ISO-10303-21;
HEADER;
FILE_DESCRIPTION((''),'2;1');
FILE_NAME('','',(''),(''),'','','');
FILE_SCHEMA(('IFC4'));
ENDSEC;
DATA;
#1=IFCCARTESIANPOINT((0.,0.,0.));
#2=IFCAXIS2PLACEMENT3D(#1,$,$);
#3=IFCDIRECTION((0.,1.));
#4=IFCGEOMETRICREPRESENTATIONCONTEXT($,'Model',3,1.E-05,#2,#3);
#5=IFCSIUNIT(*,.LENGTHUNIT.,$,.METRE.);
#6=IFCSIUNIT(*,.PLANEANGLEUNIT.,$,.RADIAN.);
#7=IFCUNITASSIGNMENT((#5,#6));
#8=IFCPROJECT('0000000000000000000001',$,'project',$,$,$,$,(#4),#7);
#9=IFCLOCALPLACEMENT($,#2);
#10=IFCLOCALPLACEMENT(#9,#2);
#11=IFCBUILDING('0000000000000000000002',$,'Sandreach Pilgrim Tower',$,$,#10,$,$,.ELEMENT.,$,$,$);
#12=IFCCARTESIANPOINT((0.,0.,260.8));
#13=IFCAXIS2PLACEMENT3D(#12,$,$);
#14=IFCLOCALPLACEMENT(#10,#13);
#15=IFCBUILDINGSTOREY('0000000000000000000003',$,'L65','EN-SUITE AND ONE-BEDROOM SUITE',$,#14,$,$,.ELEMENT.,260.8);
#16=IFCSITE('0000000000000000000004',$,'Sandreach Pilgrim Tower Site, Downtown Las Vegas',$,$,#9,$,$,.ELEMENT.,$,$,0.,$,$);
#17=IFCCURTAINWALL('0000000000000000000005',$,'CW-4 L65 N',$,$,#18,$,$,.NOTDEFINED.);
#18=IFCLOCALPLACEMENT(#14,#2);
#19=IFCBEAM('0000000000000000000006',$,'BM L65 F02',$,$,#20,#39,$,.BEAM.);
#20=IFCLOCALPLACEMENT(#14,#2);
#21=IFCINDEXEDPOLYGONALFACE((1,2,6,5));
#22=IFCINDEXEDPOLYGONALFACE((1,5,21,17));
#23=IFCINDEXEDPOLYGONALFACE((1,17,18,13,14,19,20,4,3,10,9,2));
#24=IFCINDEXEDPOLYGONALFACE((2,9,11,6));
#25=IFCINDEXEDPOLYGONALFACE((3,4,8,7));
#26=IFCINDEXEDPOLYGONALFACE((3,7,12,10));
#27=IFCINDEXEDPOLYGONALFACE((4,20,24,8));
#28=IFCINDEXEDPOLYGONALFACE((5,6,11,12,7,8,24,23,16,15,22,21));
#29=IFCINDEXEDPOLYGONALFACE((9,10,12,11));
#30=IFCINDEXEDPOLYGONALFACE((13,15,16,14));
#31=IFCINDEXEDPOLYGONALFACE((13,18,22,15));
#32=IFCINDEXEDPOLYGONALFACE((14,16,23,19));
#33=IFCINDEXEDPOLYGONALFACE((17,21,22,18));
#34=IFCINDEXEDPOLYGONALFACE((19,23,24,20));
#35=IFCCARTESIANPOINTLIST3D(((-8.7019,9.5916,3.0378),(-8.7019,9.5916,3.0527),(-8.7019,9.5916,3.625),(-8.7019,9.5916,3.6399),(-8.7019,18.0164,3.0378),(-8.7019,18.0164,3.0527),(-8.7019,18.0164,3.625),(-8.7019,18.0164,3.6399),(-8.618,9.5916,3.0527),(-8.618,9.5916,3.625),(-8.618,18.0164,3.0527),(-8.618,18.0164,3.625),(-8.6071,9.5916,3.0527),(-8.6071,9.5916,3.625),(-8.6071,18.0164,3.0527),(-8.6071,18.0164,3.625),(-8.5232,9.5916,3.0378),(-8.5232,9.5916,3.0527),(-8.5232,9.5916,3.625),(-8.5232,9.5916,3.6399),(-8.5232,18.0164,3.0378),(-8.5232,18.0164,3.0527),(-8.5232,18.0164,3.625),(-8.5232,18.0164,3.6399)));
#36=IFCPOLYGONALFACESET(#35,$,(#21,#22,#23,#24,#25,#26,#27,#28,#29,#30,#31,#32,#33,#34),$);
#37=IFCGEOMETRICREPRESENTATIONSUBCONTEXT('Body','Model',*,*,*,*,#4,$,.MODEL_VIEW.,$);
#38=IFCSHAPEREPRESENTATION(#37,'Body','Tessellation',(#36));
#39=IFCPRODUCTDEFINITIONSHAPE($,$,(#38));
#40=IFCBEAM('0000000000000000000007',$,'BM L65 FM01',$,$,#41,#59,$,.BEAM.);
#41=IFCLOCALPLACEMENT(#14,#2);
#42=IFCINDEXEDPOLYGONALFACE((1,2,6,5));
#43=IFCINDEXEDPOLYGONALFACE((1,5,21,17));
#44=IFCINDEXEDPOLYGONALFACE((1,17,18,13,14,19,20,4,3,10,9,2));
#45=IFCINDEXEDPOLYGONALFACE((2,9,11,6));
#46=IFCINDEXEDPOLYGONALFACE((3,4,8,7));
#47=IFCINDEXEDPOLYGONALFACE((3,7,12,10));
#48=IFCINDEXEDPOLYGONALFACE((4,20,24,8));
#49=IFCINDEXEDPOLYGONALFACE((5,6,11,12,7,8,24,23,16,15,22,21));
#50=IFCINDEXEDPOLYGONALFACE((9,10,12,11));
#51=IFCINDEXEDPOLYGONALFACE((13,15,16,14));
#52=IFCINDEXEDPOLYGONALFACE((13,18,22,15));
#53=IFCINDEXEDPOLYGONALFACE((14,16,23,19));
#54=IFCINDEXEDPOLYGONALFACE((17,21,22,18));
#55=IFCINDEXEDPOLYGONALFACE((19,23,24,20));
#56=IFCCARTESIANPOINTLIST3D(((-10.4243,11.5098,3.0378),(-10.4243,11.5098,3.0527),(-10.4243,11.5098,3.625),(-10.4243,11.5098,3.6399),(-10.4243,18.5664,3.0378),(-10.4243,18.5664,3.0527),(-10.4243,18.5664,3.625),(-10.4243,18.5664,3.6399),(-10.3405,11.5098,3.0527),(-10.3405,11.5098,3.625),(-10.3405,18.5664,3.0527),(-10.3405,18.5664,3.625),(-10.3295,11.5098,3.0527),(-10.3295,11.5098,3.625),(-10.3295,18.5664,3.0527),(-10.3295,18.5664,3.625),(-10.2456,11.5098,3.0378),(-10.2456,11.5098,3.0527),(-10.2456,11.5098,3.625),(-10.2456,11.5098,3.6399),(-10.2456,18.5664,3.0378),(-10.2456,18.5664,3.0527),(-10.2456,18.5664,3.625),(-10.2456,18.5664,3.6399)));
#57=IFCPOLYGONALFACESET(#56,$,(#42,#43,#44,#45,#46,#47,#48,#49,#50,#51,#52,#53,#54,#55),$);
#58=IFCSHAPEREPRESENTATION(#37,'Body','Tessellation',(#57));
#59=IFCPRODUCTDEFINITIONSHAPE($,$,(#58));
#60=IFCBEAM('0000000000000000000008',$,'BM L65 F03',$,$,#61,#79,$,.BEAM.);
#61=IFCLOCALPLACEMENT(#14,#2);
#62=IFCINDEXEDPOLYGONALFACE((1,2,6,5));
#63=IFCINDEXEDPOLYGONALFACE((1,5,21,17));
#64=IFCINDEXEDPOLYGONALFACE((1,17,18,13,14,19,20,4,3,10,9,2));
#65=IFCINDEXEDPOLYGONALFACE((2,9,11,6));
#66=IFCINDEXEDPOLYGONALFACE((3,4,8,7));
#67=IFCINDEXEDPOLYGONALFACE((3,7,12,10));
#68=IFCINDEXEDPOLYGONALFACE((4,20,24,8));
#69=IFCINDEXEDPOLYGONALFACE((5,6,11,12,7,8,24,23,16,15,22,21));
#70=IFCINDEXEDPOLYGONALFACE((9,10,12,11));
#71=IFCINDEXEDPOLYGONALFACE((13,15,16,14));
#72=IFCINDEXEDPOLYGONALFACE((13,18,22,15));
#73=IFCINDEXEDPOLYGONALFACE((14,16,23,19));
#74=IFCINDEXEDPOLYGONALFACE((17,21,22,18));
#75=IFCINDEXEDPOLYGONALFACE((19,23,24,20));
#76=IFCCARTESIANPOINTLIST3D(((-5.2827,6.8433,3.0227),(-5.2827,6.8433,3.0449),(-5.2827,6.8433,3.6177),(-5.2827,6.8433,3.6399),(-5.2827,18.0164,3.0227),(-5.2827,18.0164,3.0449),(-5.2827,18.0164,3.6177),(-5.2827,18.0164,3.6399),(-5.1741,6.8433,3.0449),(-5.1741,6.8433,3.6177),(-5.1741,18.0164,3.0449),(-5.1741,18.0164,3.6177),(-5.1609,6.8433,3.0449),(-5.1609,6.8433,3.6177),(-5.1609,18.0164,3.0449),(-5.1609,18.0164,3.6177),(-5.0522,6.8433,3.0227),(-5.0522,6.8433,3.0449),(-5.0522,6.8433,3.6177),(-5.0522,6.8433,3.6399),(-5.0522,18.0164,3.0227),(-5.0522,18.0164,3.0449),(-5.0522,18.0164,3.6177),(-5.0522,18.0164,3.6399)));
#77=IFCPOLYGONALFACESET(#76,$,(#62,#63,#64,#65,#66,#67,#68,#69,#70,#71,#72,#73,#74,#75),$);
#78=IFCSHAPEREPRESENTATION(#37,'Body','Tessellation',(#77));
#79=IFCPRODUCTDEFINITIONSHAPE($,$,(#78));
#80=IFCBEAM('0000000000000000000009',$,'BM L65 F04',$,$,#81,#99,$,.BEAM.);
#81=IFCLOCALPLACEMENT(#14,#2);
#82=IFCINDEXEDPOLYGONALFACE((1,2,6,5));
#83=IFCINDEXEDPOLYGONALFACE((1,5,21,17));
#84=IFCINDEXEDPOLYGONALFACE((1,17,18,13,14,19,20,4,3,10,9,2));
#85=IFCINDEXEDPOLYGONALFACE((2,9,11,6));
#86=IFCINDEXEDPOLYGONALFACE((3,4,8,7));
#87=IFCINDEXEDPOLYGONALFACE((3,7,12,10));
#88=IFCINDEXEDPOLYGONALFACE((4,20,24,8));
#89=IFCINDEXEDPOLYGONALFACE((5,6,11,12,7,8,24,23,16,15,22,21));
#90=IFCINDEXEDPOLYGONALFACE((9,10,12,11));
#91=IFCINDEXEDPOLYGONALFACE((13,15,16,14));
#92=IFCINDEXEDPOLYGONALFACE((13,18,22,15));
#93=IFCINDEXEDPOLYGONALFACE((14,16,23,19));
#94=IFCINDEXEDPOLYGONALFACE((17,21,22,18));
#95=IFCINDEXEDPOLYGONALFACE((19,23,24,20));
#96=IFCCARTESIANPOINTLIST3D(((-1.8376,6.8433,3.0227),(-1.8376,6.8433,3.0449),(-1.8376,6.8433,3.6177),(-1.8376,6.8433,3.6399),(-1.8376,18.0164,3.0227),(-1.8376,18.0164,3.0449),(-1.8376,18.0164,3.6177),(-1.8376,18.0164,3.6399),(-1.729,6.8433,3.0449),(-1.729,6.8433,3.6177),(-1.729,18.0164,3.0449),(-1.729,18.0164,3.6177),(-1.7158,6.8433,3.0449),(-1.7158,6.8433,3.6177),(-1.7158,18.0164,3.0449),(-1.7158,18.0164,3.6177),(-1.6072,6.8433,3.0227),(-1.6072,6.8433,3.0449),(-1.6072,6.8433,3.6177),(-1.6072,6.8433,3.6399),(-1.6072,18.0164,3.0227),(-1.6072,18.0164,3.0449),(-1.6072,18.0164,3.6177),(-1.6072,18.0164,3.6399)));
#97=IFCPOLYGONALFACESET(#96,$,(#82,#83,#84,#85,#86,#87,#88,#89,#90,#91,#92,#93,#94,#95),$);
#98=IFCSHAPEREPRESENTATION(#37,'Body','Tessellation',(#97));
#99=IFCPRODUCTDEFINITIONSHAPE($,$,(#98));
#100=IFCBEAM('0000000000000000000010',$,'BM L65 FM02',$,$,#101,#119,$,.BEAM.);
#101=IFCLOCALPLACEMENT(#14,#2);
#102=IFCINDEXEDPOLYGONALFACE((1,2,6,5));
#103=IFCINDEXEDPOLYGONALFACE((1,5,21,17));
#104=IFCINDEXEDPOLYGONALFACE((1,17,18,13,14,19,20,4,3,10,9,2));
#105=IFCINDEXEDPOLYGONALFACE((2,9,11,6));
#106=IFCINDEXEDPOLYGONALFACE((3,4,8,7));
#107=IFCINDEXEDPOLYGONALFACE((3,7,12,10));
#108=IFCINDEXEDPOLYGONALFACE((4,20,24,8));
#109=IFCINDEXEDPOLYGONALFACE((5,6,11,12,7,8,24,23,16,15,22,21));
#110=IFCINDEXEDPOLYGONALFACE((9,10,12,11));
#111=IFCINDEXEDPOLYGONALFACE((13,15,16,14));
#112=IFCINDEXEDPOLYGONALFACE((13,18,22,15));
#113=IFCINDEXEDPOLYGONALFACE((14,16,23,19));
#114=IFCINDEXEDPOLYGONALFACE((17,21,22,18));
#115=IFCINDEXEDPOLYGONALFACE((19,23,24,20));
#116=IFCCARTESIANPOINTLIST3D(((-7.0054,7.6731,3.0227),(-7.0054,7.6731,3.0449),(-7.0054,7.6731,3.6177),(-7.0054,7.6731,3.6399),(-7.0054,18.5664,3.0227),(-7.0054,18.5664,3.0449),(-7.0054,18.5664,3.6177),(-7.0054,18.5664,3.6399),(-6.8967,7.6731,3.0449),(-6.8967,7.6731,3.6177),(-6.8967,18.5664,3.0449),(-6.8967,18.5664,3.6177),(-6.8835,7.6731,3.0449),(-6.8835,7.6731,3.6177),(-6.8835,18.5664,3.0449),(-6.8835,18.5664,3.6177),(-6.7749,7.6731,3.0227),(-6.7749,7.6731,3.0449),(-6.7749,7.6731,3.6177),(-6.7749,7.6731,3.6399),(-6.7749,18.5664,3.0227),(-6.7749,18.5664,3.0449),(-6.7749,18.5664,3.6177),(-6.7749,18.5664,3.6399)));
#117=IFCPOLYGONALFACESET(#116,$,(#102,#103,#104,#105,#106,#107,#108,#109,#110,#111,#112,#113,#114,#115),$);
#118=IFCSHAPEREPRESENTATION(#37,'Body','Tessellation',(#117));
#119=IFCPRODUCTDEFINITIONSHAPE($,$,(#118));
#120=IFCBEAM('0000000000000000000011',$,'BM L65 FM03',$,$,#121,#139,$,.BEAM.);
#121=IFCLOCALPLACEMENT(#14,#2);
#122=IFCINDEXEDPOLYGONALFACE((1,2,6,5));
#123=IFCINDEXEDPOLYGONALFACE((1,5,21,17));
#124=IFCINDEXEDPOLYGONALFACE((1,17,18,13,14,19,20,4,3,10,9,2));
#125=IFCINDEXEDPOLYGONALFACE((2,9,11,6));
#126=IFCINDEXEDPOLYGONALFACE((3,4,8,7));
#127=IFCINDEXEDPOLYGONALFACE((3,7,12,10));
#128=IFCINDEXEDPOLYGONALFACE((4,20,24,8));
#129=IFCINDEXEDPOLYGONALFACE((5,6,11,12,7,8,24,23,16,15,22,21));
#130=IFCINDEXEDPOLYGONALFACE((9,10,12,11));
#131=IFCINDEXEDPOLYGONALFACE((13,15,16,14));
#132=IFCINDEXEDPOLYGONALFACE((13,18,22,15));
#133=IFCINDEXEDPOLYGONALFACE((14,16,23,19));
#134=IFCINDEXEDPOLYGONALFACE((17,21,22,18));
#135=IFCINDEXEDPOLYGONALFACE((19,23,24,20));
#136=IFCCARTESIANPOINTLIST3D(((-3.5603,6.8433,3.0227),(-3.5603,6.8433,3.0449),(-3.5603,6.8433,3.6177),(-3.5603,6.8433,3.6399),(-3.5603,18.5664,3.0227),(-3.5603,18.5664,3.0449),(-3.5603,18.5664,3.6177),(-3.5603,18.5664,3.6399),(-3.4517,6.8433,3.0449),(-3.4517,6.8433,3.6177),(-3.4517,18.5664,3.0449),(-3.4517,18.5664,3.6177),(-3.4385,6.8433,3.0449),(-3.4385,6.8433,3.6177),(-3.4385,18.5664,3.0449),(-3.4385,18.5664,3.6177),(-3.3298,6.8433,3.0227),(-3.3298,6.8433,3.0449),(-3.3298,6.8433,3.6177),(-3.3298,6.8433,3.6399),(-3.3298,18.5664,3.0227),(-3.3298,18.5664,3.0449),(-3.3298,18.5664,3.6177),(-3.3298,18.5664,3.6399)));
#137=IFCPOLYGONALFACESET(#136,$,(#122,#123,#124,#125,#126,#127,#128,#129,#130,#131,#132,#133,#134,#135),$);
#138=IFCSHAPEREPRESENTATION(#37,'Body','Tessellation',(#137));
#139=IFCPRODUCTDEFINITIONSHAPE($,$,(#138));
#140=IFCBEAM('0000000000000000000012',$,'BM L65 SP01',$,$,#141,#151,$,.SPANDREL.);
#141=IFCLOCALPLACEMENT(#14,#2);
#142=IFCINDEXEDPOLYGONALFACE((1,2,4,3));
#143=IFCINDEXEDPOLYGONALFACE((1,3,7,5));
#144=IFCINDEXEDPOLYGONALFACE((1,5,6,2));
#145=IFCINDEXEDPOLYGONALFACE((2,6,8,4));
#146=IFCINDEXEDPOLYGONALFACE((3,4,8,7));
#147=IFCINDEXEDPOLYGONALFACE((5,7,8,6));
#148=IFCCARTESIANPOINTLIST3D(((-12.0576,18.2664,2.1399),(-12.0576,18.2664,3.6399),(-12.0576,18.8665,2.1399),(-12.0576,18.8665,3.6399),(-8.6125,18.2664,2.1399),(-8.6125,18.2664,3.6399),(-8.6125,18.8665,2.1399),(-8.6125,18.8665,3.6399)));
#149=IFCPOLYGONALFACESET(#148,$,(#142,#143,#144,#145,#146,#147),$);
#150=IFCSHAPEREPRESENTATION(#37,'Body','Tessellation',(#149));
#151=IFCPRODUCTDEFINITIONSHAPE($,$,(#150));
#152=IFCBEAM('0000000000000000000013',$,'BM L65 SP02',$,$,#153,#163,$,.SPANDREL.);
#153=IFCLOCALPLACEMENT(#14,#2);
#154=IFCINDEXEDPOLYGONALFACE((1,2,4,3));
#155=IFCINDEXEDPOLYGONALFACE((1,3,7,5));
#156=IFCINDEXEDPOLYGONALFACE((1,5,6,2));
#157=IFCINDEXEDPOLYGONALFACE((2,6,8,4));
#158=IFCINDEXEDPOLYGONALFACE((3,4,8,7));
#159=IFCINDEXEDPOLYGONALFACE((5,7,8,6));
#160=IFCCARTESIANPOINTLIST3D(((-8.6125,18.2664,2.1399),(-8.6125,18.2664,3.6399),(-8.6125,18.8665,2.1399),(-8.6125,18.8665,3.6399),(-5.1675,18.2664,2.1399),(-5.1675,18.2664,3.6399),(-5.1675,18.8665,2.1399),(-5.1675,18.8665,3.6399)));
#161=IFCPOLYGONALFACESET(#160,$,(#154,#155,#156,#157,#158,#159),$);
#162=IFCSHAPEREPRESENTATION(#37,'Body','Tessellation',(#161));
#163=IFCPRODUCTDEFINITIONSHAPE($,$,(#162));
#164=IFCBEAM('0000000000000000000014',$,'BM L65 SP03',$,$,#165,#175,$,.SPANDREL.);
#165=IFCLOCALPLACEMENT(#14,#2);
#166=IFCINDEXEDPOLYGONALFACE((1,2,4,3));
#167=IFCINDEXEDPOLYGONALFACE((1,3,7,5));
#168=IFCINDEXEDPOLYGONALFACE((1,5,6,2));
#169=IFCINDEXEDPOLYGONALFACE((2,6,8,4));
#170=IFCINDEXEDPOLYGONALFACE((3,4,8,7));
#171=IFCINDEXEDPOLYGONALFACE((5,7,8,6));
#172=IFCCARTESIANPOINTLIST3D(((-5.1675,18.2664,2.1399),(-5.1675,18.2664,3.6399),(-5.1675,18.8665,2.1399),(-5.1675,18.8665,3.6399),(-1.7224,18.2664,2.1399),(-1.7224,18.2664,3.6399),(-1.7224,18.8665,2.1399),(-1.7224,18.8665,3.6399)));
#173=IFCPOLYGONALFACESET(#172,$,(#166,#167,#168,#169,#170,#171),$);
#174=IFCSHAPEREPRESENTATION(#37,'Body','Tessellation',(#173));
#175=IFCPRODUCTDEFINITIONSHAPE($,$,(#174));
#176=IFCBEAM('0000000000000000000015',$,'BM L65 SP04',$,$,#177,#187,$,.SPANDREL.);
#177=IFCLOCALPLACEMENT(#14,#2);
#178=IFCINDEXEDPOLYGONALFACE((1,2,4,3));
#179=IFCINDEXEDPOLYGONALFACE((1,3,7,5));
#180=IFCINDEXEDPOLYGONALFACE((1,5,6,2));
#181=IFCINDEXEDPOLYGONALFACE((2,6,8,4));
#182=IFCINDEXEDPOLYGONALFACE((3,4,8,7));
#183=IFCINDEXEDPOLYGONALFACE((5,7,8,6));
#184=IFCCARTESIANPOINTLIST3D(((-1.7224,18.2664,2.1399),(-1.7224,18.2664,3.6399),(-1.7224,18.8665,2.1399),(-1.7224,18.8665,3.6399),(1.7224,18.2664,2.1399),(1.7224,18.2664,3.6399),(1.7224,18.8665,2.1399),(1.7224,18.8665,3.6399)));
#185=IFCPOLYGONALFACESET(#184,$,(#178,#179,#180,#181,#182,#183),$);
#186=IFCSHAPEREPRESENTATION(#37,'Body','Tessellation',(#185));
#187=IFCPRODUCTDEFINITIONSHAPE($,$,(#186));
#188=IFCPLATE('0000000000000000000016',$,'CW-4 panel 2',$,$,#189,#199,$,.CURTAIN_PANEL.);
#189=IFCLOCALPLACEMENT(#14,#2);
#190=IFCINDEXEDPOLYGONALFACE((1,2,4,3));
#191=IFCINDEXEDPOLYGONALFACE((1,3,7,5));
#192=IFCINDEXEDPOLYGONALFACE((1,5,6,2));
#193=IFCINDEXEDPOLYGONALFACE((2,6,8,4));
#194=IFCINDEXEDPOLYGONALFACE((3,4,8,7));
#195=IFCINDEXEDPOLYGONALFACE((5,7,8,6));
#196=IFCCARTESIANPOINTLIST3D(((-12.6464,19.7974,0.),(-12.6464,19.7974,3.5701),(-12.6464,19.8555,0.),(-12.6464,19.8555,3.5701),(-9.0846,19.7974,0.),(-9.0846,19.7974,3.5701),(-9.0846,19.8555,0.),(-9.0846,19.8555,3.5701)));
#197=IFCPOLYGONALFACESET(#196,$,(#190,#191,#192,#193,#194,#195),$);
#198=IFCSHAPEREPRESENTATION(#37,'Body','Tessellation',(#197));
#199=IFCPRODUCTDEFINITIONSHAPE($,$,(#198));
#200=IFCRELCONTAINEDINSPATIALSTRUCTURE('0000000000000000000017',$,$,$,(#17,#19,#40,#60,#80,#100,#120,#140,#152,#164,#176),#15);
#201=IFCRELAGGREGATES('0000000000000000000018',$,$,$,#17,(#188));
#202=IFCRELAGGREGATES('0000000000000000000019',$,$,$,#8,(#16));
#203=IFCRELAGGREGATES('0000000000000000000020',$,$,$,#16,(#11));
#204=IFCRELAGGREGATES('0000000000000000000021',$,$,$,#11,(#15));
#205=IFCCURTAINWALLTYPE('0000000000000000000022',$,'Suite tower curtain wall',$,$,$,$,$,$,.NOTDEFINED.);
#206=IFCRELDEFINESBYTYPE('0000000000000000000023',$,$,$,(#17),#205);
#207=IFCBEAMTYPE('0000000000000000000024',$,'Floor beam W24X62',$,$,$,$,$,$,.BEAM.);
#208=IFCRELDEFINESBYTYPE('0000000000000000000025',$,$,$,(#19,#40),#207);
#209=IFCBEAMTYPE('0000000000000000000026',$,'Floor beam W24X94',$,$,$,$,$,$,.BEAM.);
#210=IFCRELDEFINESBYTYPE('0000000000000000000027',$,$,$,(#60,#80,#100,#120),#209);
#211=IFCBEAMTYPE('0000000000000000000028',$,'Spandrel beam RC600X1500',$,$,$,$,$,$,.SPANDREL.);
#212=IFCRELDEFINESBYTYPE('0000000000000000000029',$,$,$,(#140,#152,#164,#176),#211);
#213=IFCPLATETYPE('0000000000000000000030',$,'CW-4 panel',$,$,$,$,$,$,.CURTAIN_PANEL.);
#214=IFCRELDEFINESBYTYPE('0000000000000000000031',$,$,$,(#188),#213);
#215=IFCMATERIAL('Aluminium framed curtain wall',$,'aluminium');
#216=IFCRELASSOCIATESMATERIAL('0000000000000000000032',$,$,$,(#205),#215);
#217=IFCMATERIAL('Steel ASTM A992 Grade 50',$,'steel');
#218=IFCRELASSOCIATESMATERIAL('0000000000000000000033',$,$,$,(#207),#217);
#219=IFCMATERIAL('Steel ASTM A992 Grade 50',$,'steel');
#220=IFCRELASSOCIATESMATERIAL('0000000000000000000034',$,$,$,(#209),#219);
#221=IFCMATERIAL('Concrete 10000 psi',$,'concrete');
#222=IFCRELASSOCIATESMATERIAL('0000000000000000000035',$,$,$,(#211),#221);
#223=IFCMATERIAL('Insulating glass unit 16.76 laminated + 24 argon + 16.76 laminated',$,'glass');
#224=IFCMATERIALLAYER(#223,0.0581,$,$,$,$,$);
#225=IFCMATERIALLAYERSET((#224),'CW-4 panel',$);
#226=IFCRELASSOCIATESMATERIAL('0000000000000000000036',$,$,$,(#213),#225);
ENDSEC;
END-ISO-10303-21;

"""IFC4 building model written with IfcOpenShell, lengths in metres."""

from ifc_helpers import new_model, si_unit, direction, frame, origin, origin_2d, place, context, subcontext, project, spatial, rectangle, i_section, extrude, material, layer, layer_set, material_profile, profile_set, type_object, element, aggregate, save


model = new_model("IFC4")

# Units and contexts
model_context = context("Model", 3, precision=1e-05, world=origin(), true_north=direction((0.0, 1.0)))
body_context = subcontext(model_context, "Body", "Model", "MODEL_VIEW")
ifc_project = project(units=[si_unit("LENGTHUNIT", "METRE"), si_unit("PLANEANGLEUNIT", "RADIAN")], contexts=[model_context])

# Site, building, storey
site_placement = place(None, origin())
site = spatial("IfcSite", under=ifc_project, at=site_placement, Name="Sandreach Pilgrim Tower Site, Downtown Las Vegas", CompositionType="ELEMENT", RefElevation=0.0)
building_placement = place(site_placement, origin())
building = spatial("IfcBuilding", under=site, at=building_placement, Name="Sandreach Pilgrim Tower", CompositionType="ELEMENT")
storey_placement = place(building_placement, frame((0.0, 0.0, 260.8)))
storey = spatial("IfcBuildingStorey", under=building, at=storey_placement, Name="L65", Description="EN-SUITE AND ONE-BEDROOM SUITE", CompositionType="ELEMENT", Elevation=260.8)

# Curtain wall
ifc_material_1 = material(Name="Aluminium framed curtain wall", Category="aluminium")
curtain_wall_type = type_object("IfcCurtainWallType", Name="Suite tower curtain wall", PredefinedType="NOTDEFINED", material=ifc_material_1)
curtain_wall_placement = place(storey_placement, origin())
curtain_wall = element("IfcCurtainWall", 1, at=curtain_wall_placement, inside=storey, type_object=curtain_wall_type, Name="CW-4 L65 N", PredefinedType="NOTDEFINED")

# Beams
ifc_material_2 = material(Name="Steel ASTM A992 Grade 50", Category="steel")
ifc_material_profile_1 = material_profile(ifc_material_2, i_section(OverallWidth=0.1787, OverallDepth=0.6021, WebThickness=0.011, FlangeThickness=0.0149, at=origin_2d()), Name="W24X62")
ifc_profile_set_1 = profile_set([ifc_material_profile_1], Name="Steel ASTM A992 Grade 50")
beam_type_1 = type_object("IfcBeamType", Name="Floor beam W24X62", PredefinedType="BEAM", material=ifc_profile_set_1)
beam_1_placement = place(storey_placement, frame((-8.6125, 18.0164, 3.3389), z_axis=(0.0, -1.0, 0.0), x_axis=(1.0, 0.0, 0.0)))
element("IfcBeam", 2, at=beam_1_placement, inside=storey, type_object=beam_type_1, Name="BM L65 F02", PredefinedType="BEAM", context=body_context, shape_type="SweptSolid", body=[
    extrude(i_section(OverallWidth=0.1787, OverallDepth=0.6021, WebThickness=0.011, FlangeThickness=0.0149, at=origin_2d()), origin(), (0.0, 0.0, 1.0), 8.4248),
])
beam_2_placement = place(storey_placement, frame((-10.335, 18.5664, 3.3389), z_axis=(0.0, -1.0, 0.0), x_axis=(1.0, 0.0, 0.0)))
element("IfcBeam", 3, at=beam_2_placement, inside=storey, type_object=beam_type_1, Name="BM L65 FM01", PredefinedType="BEAM", context=body_context, shape_type="SweptSolid", body=[
    extrude(i_section(OverallWidth=0.1787, OverallDepth=0.6021, WebThickness=0.011, FlangeThickness=0.0149, at=origin_2d()), origin(), (0.0, 0.0, 1.0), 7.0566),
])
ifc_material_3 = material(Name="Steel ASTM A992 Grade 50", Category="steel")
ifc_material_profile_2 = material_profile(ifc_material_3, i_section(OverallWidth=0.2305, OverallDepth=0.6172, WebThickness=0.0132, FlangeThickness=0.0222, at=origin_2d()), Name="W24X94")
ifc_profile_set_2 = profile_set([ifc_material_profile_2], Name="Steel ASTM A992 Grade 50")
beam_type_2 = type_object("IfcBeamType", Name="Floor beam W24X94", PredefinedType="BEAM", material=ifc_profile_set_2)
for number, where, z_axis, x_axis, name in (
    (4, (-5.1675, 18.0164, 3.3313), (0.0, -1.0, 0.0), (1.0, 0.0, 0.0), "BM L65 F03"),
    (5, (-1.7224, 18.0164, 3.3313), (0.0, -1.0, 0.0), (1.0, 0.0, 0.0), "BM L65 F04"),
):
    element("IfcBeam", number, at=place(storey_placement, frame(where, z_axis=z_axis, x_axis=x_axis)), inside=storey, type_object=beam_type_2, Name=name, PredefinedType="BEAM", context=body_context, shape_type="SweptSolid", body=[
        extrude(i_section(OverallWidth=0.2305, OverallDepth=0.6172, WebThickness=0.0132, FlangeThickness=0.0222, at=origin_2d()), origin(), (0.0, 0.0, 1.0), 11.1731),
    ])
beam_3_placement = place(storey_placement, frame((-6.8901, 18.5664, 3.3313), z_axis=(0.0, -1.0, 0.0), x_axis=(1.0, 0.0, 0.0)))
element("IfcBeam", 6, at=beam_3_placement, inside=storey, type_object=beam_type_2, Name="BM L65 FM02", PredefinedType="BEAM", context=body_context, shape_type="SweptSolid", body=[
    extrude(i_section(OverallWidth=0.2305, OverallDepth=0.6172, WebThickness=0.0132, FlangeThickness=0.0222, at=origin_2d()), origin(), (0.0, 0.0, 1.0), 10.8933),
])
beam_4_placement = place(storey_placement, frame((-3.4451, 18.5664, 3.3313), z_axis=(0.0, -1.0, 0.0), x_axis=(1.0, 0.0, 0.0)))
element("IfcBeam", 7, at=beam_4_placement, inside=storey, type_object=beam_type_2, Name="BM L65 FM03", PredefinedType="BEAM", context=body_context, shape_type="SweptSolid", body=[
    extrude(i_section(OverallWidth=0.2305, OverallDepth=0.6172, WebThickness=0.0132, FlangeThickness=0.0222, at=origin_2d()), origin(), (0.0, 0.0, 1.0), 11.7231),
])
ifc_material_4 = material(Name="Concrete 10000 psi", Category="concrete")
ifc_material_profile_3 = material_profile(ifc_material_4, rectangle(XDim=0.6001, YDim=1.5, at=origin_2d()), Name="RC600X1500")
ifc_profile_set_3 = profile_set([ifc_material_profile_3], Name="Concrete 10000 psi")
beam_type_3 = type_object("IfcBeamType", Name="Spandrel beam RC600X1500", PredefinedType="SPANDREL", material=ifc_profile_set_3)
for number, where, z_axis, x_axis, name in (
    (8, (-12.0576, 18.5664, 2.8899), (1.0, 0.0, 0.0), (0.0, 1.0, 0.0), "BM L65 SP01"),
    (9, (-8.6125, 18.5664, 2.8899), (1.0, 0.0, 0.0), (0.0, 1.0, 0.0), "BM L65 SP02"),
    (10, (-5.1675, 18.5664, 2.8899), (1.0, 0.0, 0.0), (0.0, 1.0, 0.0), "BM L65 SP03"),
):
    element("IfcBeam", number, at=place(storey_placement, frame(where, z_axis=z_axis, x_axis=x_axis)), inside=storey, type_object=beam_type_3, Name=name, PredefinedType="SPANDREL", context=body_context, shape_type="SweptSolid", body=[
        extrude(rectangle(XDim=0.6001, YDim=1.5, at=origin_2d()), origin(), (0.0, 0.0, 1.0), 3.4451),
    ])
beam_5_placement = place(storey_placement, frame((-1.7224, 18.5664, 2.8899), z_axis=(1.0, 0.0, 0.0), x_axis=(0.0, 1.0, 0.0)))
element("IfcBeam", 11, at=beam_5_placement, inside=storey, type_object=beam_type_3, Name="BM L65 SP04", PredefinedType="SPANDREL", context=body_context, shape_type="SweptSolid", body=[
    extrude(rectangle(XDim=0.6001, YDim=1.5, at=origin_2d()), origin(), (0.0, 0.0, 1.0), 3.4448),
])

# Plate
ifc_material_5 = material(Name="Insulating glass unit 16.76 laminated + 24 argon + 16.76 laminated", Category="glass")
ifc_layer_1 = layer(ifc_material_5, 0.0581)
ifc_layer_set_1 = layer_set([ifc_layer_1], Name="CW-4 panel")
plate_type = type_object("IfcPlateType", Name="CW-4 panel", PredefinedType="CURTAIN_PANEL", material=ifc_layer_set_1)
plate_1_placement = place(storey_placement, frame((-10.8655, 19.8264, 0.0), z_axis=(0.0, 0.0, 1.0), x_axis=(1.0, 0.0, 0.0)))
plate_1 = element("IfcPlate", 12, at=plate_1_placement, type_object=plate_type, Name="CW-4 panel 2", PredefinedType="CURTAIN_PANEL", context=body_context, shape_type="SweptSolid", body=[
    extrude(rectangle(XDim=3.5618, YDim=0.0581, at=origin_2d()), origin(), (0.0, 0.0, 1.0), 3.5701),
])
aggregate(curtain_wall, [plate_1])

save(model, "model.ifc")
